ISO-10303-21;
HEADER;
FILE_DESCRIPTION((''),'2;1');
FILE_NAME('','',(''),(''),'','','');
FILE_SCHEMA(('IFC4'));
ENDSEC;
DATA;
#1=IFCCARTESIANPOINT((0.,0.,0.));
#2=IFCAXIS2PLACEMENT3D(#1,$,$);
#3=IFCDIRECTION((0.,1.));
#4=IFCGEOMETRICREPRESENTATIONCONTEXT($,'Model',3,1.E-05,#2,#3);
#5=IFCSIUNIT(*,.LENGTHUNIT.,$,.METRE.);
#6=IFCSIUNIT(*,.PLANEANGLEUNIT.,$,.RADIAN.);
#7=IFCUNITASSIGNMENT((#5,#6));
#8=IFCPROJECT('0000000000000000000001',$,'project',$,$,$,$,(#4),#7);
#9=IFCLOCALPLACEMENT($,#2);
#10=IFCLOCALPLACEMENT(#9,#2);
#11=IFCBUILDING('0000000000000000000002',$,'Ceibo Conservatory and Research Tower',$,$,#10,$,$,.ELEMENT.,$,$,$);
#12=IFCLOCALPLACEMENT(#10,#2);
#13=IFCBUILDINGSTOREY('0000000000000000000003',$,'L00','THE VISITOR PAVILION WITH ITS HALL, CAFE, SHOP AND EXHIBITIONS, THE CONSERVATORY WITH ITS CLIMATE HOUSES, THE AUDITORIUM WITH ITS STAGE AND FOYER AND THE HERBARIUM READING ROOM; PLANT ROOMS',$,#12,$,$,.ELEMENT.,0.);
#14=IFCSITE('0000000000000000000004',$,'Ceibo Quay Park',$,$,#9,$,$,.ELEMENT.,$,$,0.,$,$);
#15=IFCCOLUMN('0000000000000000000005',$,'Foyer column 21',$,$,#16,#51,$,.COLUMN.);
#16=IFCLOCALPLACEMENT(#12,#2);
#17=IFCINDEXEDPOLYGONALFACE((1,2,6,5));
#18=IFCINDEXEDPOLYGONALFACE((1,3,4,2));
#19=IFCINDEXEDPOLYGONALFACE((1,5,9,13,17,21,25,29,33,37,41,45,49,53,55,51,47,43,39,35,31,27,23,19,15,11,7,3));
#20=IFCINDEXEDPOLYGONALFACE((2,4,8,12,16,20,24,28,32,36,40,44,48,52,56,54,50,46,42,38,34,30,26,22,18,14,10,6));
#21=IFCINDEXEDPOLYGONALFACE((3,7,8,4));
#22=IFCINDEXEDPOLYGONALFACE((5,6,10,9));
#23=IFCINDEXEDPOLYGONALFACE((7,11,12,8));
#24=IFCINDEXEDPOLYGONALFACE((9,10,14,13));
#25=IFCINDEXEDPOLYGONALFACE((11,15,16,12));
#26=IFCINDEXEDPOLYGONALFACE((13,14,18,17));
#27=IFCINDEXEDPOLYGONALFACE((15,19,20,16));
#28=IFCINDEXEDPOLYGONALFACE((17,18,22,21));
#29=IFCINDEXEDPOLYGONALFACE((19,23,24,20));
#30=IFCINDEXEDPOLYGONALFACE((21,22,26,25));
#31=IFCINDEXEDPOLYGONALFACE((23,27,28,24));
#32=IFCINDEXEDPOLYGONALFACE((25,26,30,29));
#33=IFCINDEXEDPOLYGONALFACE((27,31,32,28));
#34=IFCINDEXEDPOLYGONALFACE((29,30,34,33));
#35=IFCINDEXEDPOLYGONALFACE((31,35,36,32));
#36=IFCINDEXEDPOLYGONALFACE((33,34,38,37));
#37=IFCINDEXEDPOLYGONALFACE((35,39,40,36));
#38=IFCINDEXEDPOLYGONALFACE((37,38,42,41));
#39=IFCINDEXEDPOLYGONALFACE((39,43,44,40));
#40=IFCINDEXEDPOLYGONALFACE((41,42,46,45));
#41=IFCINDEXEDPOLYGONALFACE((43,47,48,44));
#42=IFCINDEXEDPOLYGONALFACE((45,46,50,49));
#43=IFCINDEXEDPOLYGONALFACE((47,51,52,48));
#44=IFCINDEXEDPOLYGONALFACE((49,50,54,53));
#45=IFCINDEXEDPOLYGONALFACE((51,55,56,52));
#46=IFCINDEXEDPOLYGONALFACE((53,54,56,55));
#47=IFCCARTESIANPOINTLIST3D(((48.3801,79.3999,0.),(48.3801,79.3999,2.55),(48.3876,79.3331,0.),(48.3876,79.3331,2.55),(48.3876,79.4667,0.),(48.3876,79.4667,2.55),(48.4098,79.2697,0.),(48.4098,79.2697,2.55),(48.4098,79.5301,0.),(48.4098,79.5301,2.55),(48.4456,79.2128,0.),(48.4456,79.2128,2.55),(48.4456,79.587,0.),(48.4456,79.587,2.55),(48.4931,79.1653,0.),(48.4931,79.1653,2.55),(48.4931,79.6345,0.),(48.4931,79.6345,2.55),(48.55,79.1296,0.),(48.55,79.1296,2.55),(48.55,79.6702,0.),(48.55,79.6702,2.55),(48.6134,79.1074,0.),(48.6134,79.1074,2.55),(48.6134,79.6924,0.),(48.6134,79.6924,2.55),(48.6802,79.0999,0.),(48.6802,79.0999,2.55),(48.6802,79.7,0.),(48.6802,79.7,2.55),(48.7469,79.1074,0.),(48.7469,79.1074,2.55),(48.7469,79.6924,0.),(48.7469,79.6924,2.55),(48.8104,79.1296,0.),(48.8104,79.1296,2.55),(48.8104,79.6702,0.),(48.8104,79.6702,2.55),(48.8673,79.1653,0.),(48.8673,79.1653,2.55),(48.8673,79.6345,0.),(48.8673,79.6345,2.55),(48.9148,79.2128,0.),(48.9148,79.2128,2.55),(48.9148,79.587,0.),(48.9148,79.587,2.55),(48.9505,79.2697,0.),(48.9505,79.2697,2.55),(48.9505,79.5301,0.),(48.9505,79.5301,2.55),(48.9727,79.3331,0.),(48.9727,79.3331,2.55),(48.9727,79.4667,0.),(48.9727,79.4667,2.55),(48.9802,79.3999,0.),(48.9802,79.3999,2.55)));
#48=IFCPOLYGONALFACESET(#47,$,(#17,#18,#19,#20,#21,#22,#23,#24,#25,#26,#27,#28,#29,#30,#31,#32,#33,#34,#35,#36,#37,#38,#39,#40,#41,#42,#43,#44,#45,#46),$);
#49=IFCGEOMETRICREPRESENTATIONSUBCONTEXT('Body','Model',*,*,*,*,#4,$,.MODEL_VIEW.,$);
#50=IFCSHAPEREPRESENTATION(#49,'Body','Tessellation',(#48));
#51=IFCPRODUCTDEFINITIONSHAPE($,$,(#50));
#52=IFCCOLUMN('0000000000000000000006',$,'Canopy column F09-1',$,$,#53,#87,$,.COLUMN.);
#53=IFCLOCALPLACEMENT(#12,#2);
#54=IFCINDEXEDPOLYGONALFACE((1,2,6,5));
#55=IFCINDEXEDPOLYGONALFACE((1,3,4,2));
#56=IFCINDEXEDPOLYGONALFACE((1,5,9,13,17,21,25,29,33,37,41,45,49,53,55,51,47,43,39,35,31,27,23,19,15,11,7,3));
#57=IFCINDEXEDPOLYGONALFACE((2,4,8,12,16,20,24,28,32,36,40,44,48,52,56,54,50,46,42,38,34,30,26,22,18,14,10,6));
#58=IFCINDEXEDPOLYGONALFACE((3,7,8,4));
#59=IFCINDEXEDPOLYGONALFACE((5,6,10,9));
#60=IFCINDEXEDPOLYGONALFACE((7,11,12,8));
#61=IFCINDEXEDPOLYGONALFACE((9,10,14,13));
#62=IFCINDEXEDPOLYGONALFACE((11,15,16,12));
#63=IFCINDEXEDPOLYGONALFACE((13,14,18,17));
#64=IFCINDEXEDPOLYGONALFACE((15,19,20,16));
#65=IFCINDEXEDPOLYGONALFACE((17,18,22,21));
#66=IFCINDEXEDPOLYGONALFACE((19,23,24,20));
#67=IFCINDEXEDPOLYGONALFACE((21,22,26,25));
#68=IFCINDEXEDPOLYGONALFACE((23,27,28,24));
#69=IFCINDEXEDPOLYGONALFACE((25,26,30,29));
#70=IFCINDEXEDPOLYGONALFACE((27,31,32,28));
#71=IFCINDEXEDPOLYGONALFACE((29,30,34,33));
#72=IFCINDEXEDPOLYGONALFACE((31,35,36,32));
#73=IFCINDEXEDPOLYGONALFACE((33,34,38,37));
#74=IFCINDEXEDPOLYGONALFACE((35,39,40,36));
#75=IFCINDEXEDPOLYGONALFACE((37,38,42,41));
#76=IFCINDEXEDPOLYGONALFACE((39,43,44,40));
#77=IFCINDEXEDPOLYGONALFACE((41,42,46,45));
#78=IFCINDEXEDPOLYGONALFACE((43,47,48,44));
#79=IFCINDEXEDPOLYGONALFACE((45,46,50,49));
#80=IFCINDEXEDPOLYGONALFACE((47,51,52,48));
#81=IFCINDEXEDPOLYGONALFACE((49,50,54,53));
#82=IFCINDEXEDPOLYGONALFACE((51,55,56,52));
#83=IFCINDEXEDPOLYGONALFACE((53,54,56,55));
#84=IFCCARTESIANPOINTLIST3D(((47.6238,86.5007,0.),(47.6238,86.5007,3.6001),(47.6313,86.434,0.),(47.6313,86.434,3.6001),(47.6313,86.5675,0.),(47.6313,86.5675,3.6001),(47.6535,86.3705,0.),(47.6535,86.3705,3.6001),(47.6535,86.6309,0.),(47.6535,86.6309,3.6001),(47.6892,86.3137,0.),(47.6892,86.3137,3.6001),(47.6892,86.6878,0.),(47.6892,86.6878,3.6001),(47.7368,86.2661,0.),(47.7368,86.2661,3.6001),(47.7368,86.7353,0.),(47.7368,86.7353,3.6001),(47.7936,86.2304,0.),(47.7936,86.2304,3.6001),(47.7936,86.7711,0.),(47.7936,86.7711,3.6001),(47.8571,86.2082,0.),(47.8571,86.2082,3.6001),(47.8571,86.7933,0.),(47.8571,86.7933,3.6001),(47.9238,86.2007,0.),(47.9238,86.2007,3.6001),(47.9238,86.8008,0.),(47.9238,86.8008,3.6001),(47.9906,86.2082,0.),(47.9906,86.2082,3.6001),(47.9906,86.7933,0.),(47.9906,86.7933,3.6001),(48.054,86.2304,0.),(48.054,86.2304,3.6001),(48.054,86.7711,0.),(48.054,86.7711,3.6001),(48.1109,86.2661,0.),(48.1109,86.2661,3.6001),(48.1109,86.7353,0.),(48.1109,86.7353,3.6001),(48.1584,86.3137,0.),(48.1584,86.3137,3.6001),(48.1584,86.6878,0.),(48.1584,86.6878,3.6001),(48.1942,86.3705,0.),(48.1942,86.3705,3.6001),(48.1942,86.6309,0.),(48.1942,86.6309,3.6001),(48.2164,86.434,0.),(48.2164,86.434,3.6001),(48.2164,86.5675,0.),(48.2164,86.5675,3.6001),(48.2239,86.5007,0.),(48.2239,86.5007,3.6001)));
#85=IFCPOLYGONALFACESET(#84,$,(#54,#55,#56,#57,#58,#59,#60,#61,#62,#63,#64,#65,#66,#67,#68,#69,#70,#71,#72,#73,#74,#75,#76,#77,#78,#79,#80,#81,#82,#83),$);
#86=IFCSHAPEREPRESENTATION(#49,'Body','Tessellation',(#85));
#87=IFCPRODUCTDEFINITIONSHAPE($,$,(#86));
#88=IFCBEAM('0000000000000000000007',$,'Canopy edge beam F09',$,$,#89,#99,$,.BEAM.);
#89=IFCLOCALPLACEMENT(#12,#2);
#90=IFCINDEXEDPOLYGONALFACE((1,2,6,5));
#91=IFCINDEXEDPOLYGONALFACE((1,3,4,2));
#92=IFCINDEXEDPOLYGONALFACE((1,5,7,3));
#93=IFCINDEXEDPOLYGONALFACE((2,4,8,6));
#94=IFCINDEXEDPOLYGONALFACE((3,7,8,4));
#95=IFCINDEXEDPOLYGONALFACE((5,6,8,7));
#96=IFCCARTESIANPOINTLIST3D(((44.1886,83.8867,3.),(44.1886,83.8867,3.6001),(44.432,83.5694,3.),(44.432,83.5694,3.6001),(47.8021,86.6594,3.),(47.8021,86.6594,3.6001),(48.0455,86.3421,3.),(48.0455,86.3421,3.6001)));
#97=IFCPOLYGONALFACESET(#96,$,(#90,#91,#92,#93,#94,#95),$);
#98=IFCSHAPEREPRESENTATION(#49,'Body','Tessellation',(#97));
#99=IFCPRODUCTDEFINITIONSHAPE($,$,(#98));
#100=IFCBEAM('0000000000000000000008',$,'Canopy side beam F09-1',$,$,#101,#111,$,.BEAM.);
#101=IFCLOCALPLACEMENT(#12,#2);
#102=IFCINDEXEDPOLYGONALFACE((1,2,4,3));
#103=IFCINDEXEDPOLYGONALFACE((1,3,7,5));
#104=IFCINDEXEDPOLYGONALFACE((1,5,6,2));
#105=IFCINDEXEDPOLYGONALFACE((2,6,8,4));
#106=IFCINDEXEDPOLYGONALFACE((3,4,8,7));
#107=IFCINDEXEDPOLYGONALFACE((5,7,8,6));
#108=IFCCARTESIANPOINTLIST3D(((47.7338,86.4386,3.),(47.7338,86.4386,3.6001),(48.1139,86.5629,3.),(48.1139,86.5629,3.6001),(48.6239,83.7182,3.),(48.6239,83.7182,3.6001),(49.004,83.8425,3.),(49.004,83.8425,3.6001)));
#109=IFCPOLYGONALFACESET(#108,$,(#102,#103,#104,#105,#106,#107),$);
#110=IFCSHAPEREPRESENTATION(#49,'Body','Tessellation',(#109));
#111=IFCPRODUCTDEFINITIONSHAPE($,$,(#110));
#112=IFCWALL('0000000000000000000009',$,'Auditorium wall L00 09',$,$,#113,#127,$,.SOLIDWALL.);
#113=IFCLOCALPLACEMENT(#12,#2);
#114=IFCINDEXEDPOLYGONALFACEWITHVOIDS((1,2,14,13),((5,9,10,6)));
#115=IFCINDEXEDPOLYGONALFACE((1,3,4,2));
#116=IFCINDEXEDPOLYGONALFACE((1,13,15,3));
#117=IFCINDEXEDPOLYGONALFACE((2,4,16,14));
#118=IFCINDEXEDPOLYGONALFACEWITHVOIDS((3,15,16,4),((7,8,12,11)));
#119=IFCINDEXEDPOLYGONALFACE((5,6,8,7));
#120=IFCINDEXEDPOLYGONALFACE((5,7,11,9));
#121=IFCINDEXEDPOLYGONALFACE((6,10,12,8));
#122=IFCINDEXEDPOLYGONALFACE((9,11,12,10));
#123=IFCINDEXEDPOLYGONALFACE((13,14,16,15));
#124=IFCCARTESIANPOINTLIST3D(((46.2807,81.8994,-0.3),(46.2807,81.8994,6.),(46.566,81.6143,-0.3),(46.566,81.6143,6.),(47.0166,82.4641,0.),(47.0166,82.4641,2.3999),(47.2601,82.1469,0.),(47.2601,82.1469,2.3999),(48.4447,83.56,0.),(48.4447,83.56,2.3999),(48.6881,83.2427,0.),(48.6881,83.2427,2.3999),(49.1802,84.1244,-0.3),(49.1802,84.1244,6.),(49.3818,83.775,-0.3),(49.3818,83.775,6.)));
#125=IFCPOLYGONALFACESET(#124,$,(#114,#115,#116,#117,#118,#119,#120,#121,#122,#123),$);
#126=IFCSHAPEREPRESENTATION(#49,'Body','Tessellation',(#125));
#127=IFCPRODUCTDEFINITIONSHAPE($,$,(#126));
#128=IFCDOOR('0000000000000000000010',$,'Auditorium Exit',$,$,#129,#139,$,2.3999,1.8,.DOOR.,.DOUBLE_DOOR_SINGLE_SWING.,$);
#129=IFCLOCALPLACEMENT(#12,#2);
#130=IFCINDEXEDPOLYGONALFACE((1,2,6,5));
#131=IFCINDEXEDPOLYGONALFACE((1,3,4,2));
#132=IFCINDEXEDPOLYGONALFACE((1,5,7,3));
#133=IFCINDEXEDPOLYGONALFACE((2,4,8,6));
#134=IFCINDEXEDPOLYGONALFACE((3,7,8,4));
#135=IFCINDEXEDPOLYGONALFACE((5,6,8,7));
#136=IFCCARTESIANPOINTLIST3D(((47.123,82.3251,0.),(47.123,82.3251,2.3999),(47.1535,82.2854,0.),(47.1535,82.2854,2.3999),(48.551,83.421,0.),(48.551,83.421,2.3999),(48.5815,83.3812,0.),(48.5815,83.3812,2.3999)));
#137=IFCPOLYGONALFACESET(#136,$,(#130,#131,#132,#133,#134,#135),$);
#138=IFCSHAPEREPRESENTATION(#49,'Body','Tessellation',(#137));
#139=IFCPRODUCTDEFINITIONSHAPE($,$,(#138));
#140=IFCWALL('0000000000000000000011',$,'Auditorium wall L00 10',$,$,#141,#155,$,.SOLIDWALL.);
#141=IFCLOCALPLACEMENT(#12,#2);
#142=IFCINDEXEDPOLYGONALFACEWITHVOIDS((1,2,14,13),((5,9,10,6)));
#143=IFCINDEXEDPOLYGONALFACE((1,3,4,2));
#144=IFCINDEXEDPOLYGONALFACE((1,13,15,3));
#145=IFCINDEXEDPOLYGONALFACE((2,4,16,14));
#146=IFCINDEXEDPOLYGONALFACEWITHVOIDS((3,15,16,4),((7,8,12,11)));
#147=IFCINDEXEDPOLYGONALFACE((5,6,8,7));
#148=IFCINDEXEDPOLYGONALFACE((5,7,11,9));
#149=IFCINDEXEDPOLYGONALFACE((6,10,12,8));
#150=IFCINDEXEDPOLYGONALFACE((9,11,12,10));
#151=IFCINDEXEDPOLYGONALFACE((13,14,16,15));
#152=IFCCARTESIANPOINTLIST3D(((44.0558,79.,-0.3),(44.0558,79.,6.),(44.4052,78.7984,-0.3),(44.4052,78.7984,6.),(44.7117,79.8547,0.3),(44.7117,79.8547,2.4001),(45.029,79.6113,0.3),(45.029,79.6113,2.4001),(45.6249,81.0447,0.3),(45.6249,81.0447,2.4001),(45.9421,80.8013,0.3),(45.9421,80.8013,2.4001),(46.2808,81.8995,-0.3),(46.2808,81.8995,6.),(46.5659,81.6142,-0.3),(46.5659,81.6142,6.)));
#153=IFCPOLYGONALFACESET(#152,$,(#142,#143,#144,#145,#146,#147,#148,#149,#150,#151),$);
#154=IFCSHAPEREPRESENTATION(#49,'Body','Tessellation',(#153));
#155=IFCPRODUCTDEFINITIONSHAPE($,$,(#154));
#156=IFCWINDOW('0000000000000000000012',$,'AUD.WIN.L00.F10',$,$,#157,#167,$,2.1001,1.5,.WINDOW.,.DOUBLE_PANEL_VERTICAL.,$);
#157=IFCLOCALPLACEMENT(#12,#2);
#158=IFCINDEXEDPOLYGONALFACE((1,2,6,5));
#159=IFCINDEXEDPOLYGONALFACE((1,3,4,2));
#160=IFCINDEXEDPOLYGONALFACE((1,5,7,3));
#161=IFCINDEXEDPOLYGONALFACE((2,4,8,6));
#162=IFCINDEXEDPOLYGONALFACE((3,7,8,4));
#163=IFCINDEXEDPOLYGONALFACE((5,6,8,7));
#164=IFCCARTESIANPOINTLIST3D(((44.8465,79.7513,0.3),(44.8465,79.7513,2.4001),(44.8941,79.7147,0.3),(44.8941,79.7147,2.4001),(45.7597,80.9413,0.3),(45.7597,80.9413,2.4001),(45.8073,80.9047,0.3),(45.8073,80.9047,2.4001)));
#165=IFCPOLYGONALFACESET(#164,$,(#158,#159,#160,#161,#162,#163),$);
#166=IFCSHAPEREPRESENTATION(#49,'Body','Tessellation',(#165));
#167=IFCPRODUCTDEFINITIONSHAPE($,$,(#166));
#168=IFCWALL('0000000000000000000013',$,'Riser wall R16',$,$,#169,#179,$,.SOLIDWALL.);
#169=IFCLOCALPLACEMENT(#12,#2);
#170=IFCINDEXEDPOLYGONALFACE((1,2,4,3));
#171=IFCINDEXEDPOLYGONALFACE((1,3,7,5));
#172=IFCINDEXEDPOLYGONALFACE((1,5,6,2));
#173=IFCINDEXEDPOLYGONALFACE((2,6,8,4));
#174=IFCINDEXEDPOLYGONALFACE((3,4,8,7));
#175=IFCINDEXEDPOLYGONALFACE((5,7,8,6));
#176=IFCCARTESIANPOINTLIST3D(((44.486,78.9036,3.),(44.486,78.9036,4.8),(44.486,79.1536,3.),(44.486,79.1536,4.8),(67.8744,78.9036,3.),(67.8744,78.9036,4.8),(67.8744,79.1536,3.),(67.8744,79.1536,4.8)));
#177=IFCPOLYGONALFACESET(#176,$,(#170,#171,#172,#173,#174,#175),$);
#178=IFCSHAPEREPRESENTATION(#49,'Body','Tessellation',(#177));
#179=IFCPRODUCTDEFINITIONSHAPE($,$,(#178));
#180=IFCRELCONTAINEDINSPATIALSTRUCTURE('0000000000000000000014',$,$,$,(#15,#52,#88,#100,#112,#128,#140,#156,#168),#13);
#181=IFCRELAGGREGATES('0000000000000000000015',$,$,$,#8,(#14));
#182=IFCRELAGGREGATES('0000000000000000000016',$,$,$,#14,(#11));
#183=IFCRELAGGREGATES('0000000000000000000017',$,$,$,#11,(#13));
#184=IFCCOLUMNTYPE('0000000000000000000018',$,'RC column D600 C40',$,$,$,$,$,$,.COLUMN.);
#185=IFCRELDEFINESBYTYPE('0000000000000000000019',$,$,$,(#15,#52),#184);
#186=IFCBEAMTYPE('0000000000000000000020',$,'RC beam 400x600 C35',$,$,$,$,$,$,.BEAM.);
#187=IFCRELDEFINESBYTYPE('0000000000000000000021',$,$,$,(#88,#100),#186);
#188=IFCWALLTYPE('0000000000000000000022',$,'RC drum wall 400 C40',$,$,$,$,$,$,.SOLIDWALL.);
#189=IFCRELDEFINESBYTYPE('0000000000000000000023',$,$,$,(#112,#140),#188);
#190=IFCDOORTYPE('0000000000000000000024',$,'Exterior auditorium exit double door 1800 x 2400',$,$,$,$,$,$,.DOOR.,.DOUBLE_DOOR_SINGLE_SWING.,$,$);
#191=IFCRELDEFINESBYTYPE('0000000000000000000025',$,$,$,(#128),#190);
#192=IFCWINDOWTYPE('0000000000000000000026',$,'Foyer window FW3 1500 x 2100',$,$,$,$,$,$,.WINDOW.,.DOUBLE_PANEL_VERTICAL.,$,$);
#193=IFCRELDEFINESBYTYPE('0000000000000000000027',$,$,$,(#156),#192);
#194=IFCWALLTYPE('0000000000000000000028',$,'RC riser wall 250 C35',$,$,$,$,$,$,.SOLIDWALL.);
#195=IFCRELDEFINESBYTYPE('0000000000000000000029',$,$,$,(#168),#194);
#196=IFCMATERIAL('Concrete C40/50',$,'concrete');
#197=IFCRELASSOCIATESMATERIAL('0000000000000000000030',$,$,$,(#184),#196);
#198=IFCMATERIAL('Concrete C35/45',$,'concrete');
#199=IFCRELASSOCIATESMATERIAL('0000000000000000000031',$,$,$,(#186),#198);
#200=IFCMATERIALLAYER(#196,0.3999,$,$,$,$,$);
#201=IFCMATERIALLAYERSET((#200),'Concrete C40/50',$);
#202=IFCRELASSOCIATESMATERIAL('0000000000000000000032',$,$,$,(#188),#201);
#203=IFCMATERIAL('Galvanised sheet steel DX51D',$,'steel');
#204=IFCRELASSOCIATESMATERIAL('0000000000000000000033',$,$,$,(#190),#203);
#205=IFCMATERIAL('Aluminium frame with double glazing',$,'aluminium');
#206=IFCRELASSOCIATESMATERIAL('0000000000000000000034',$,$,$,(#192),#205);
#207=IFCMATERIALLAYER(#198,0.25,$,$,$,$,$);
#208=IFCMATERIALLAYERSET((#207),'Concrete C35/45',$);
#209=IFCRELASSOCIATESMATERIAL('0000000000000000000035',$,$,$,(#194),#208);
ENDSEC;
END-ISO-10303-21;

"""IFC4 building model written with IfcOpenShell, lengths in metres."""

from ifc_helpers import new_model, si_unit, direction, frame, frame_2d, origin, origin_2d, place, context, subcontext, project, spatial, polyline, rectangle, circle, outline, extrude, material, layer, layer_set, material_profile, profile_set, type_object, element, fill, save


model = new_model("IFC4")

# Units and contexts
model_context = context("Model", 3, precision=1e-05, world=origin(), true_north=direction((0.0, 1.0)))
body_context = subcontext(model_context, "Body", "Model", "MODEL_VIEW")
ifc_project = project(units=[si_unit("LENGTHUNIT", "METRE"), si_unit("PLANEANGLEUNIT", "RADIAN")], contexts=[model_context])

# Site, building, storey
site_placement = place(None, origin())
site = spatial("IfcSite", under=ifc_project, at=site_placement, Name="Ceibo Quay Park", CompositionType="ELEMENT", RefElevation=0.0)
building_placement = place(site_placement, origin())
building = spatial("IfcBuilding", under=site, at=building_placement, Name="Ceibo Conservatory and Research Tower", CompositionType="ELEMENT")
storey_placement = place(building_placement, origin())
storey = spatial("IfcBuildingStorey", under=building, at=storey_placement, Name="L00", Description="THE VISITOR PAVILION WITH ITS HALL, CAFE, SHOP AND EXHIBITIONS, THE CONSERVATORY WITH ITS CLIMATE HOUSES, THE AUDITORIUM WITH ITS STAGE AND FOYER AND THE HERBARIUM READING ROOM; PLANT ROOMS", CompositionType="ELEMENT", Elevation=0.0)

# Shared definitions
ifc_material_1 = material(Name="Concrete C35/45", Category="concrete")

# Shared definitions
ifc_material_2 = material(Name="Concrete C40/50", Category="concrete")

# Columns
ifc_material_profile_1 = material_profile(ifc_material_2, circle(Radius=0.3, at=origin_2d()), Name="RC D600")
ifc_profile_set_1 = profile_set([ifc_material_profile_1], Name="Concrete C40/50")
column_type = type_object("IfcColumnType", Name="RC column D600 C40", PredefinedType="COLUMN", material=ifc_profile_set_1)
for number, where, z_axis, x_axis, name in (
    (1, (48.6802, 79.3999, 0.0), (0.0, 0.0, 1.0), (1.0, 0.0, 0.0), "Foyer column 21"),
):
    element("IfcColumn", number, at=place(storey_placement, frame(where, z_axis=z_axis, x_axis=x_axis)), inside=storey, type_object=column_type, Name=name, PredefinedType="COLUMN", context=body_context, shape_type="SweptSolid", body=[
        extrude(circle(Radius=0.3, at=origin_2d()), origin(), (0.0, 0.0, 1.0), 2.55),
    ])
column_placement = place(storey_placement, frame((47.9238, 86.5007, 0.0), z_axis=(0.0, 0.0, 1.0), x_axis=(1.0, 0.0, 0.0)))
element("IfcColumn", 2, at=column_placement, inside=storey, type_object=column_type, Name="Canopy column F09-1", PredefinedType="COLUMN", context=body_context, shape_type="SweptSolid", body=[
    extrude(circle(Radius=0.3, at=origin_2d()), origin(), (0.0, 0.0, 1.0), 3.6001),
])

# Beams
ifc_material_profile_2 = material_profile(ifc_material_1, rectangle(XDim=0.3999, YDim=0.6001, at=origin_2d()), Name="RC 400x600")
ifc_profile_set_2 = profile_set([ifc_material_profile_2], Name="Concrete C35/45")
beam_type = type_object("IfcBeamType", Name="RC beam 400x600 C35", PredefinedType="BEAM", material=ifc_profile_set_2)
beam_1_placement = place(storey_placement, frame((47.9238, 86.5007, 3.3), z_axis=(-0.793359, -0.608754, 0.0), x_axis=(0.608754, -0.793359, 0.0)))
element("IfcBeam", 3, at=beam_1_placement, inside=storey, type_object=beam_type, Name="Canopy edge beam F09", PredefinedType="BEAM", context=body_context, shape_type="SweptSolid", body=[
    extrude(rectangle(XDim=0.3999, YDim=0.6001, at=origin_2d()), origin(), (0.0, 0.0, 1.0), 4.5547),
])
beam_2_placement = place(storey_placement, frame((47.9238, 86.5007, 3.3), z_axis=(0.310977, -0.950417, 0.0), x_axis=(0.950417, 0.310977, 0.0)))
element("IfcBeam", 4, at=beam_2_placement, inside=storey, type_object=beam_type, Name="Canopy side beam F09-1", PredefinedType="BEAM", context=body_context, shape_type="SweptSolid", body=[
    extrude(rectangle(XDim=0.3999, YDim=0.6001, at=origin_2d()), origin(), (0.0, 0.0, 1.0), 2.8623),
])

# Wall, opening, door
ifc_layer_1 = layer(ifc_material_2, 0.3999)
ifc_layer_set_1 = layer_set([ifc_layer_1], Name="Concrete C40/50")
wall_type_1 = type_object("IfcWallType", Name="RC drum wall 400 C40", PredefinedType="SOLIDWALL", material=ifc_layer_set_1)
wall_1_placement = place(storey_placement, frame((49.281, 83.9497, -0.3), z_axis=(0.0, 0.0, 1.0), x_axis=(-0.793339, -0.60878, 0.0)))
wall_1 = element("IfcWall", 5, at=wall_1_placement, inside=storey, type_object=wall_type_1, Name="Auditorium wall L00 09", PredefinedType="SOLIDWALL", context=body_context, shape_type="SweptSolid", body=[
    extrude(outline(polyline([(-0.0264, -0.2), (3.6284, -0.2), (3.5757, 0.2), (0.0264, 0.2), (-0.0264, -0.2)])), origin(), (0.0, 0.0, 1.0), 6.3),
])
opening_1_placement = place(wall_1_placement, frame((0.9009, 0.0, 0.3)))
opening_1 = element("IfcOpeningElement", 6, at=opening_1_placement, cuts=wall_1, PredefinedType="OPENING", context=body_context, shape_type="SweptSolid", body=[
    extrude(rectangle(XDim=1.8, YDim=2.3999, at=frame_2d((0.8999, 1.2))), frame((0.0, 0.21, 0.0), z_axis=(0.0, -1.0, 0.0), x_axis=(1.0, 0.0, 0.0)), (0.0, 0.0, 1.0), 0.4199),
])
ifc_material_3 = material(Name="Galvanised sheet steel DX51D", Category="steel")
door_type = type_object("IfcDoorType", Name="Exterior auditorium exit double door 1800 x 2400", OperationType="DOUBLE_DOOR_SINGLE_SWING", PredefinedType="DOOR", material=ifc_material_3)
door_placement = place(opening_1_placement, frame((1.8, 0.0, 0.0), z_axis=(0.0, 0.0, 1.0), x_axis=(-1.0, 0.0, 0.0)))
door = element("IfcDoor", 7, at=door_placement, inside=storey, type_object=door_type, Name="Auditorium Exit", OperationType="DOUBLE_DOOR_SINGLE_SWING", OverallHeight=2.3999, OverallWidth=1.8, PredefinedType="DOOR", context=body_context, shape_type="SweptSolid", body=[
    extrude(rectangle(XDim=1.8, YDim=2.3999, at=frame_2d((0.8999, 1.2))), frame((0.0, 0.0249, 0.0), z_axis=(0.0, -1.0, 0.0), x_axis=(1.0, 0.0, 0.0)), (0.0, 0.0, 1.0), 0.05),
])
fill(opening_1, door)

# Wall, opening, window
wall_2_placement = place(storey_placement, frame((46.4233, 81.7568, -0.3), z_axis=(0.0, 0.0, 1.0), x_axis=(-0.60878, -0.793339, 0.0)))
wall_2 = element("IfcWall", 8, at=wall_2_placement, inside=storey, type_object=wall_type_1, Name="Auditorium wall L00 10", PredefinedType="SOLIDWALL", context=body_context, shape_type="SweptSolid", body=[
    extrude(outline(polyline([(-0.0264, -0.2), (3.6284, -0.2), (3.5757, 0.2), (0.0264, 0.2), (-0.0264, -0.2)])), origin(), (0.0, 0.0, 1.0), 6.3),
])
opening_2_placement = place(wall_2_placement, frame((1.051, 0.0, 0.6001)))
opening_2 = element("IfcOpeningElement", 9, at=opening_2_placement, cuts=wall_2, PredefinedType="OPENING", context=body_context, shape_type="SweptSolid", body=[
    extrude(rectangle(XDim=1.5, YDim=2.1001, at=frame_2d((0.75, 1.05))), frame((0.0, 0.21, 0.0), z_axis=(0.0, -1.0, 0.0), x_axis=(1.0, 0.0, 0.0)), (0.0, 0.0, 1.0), 0.4199),
])
ifc_material_4 = material(Name="Aluminium frame with double glazing", Category="aluminium")
window_type = type_object("IfcWindowType", Name="Foyer window FW3 1500 x 2100", PartitioningType="DOUBLE_PANEL_VERTICAL", PredefinedType="WINDOW", material=ifc_material_4)
window_placement = place(opening_2_placement, origin())
window = element("IfcWindow", 10, at=window_placement, inside=storey, type_object=window_type, Name="AUD.WIN.L00.F10", OverallHeight=2.1001, OverallWidth=1.5, PartitioningType="DOUBLE_PANEL_VERTICAL", PredefinedType="WINDOW", context=body_context, shape_type="SweptSolid", body=[
    extrude(rectangle(XDim=1.5, YDim=2.1001, at=frame_2d((0.75, 1.05))), frame((0.0, 0.03, 0.0), z_axis=(0.0, -1.0, 0.0), x_axis=(1.0, 0.0, 0.0)), (0.0, 0.0, 1.0), 0.0601),
])
fill(opening_2, window)

# Wall
ifc_layer_2 = layer(ifc_material_1, 0.25)
ifc_layer_set_2 = layer_set([ifc_layer_2], Name="Concrete C35/45")
wall_type_2 = type_object("IfcWallType", Name="RC riser wall 250 C35", PredefinedType="SOLIDWALL", material=ifc_layer_set_2)
wall_3_placement = place(storey_placement, frame((44.4858, 79.0286, 3.0), z_axis=(0.0, 0.0, 1.0), x_axis=(1.0, 0.0, 0.0)))
element("IfcWall", 11, at=wall_3_placement, inside=storey, type_object=wall_type_2, Name="Riser wall R16", PredefinedType="SOLIDWALL", context=body_context, shape_type="SweptSolid", body=[
    extrude(rectangle(XDim=23.3884, YDim=0.25, at=frame_2d((11.6943, 0.0))), origin(), (0.0, 0.0, 1.0), 1.8),
])

save(model, "model.ifc")
